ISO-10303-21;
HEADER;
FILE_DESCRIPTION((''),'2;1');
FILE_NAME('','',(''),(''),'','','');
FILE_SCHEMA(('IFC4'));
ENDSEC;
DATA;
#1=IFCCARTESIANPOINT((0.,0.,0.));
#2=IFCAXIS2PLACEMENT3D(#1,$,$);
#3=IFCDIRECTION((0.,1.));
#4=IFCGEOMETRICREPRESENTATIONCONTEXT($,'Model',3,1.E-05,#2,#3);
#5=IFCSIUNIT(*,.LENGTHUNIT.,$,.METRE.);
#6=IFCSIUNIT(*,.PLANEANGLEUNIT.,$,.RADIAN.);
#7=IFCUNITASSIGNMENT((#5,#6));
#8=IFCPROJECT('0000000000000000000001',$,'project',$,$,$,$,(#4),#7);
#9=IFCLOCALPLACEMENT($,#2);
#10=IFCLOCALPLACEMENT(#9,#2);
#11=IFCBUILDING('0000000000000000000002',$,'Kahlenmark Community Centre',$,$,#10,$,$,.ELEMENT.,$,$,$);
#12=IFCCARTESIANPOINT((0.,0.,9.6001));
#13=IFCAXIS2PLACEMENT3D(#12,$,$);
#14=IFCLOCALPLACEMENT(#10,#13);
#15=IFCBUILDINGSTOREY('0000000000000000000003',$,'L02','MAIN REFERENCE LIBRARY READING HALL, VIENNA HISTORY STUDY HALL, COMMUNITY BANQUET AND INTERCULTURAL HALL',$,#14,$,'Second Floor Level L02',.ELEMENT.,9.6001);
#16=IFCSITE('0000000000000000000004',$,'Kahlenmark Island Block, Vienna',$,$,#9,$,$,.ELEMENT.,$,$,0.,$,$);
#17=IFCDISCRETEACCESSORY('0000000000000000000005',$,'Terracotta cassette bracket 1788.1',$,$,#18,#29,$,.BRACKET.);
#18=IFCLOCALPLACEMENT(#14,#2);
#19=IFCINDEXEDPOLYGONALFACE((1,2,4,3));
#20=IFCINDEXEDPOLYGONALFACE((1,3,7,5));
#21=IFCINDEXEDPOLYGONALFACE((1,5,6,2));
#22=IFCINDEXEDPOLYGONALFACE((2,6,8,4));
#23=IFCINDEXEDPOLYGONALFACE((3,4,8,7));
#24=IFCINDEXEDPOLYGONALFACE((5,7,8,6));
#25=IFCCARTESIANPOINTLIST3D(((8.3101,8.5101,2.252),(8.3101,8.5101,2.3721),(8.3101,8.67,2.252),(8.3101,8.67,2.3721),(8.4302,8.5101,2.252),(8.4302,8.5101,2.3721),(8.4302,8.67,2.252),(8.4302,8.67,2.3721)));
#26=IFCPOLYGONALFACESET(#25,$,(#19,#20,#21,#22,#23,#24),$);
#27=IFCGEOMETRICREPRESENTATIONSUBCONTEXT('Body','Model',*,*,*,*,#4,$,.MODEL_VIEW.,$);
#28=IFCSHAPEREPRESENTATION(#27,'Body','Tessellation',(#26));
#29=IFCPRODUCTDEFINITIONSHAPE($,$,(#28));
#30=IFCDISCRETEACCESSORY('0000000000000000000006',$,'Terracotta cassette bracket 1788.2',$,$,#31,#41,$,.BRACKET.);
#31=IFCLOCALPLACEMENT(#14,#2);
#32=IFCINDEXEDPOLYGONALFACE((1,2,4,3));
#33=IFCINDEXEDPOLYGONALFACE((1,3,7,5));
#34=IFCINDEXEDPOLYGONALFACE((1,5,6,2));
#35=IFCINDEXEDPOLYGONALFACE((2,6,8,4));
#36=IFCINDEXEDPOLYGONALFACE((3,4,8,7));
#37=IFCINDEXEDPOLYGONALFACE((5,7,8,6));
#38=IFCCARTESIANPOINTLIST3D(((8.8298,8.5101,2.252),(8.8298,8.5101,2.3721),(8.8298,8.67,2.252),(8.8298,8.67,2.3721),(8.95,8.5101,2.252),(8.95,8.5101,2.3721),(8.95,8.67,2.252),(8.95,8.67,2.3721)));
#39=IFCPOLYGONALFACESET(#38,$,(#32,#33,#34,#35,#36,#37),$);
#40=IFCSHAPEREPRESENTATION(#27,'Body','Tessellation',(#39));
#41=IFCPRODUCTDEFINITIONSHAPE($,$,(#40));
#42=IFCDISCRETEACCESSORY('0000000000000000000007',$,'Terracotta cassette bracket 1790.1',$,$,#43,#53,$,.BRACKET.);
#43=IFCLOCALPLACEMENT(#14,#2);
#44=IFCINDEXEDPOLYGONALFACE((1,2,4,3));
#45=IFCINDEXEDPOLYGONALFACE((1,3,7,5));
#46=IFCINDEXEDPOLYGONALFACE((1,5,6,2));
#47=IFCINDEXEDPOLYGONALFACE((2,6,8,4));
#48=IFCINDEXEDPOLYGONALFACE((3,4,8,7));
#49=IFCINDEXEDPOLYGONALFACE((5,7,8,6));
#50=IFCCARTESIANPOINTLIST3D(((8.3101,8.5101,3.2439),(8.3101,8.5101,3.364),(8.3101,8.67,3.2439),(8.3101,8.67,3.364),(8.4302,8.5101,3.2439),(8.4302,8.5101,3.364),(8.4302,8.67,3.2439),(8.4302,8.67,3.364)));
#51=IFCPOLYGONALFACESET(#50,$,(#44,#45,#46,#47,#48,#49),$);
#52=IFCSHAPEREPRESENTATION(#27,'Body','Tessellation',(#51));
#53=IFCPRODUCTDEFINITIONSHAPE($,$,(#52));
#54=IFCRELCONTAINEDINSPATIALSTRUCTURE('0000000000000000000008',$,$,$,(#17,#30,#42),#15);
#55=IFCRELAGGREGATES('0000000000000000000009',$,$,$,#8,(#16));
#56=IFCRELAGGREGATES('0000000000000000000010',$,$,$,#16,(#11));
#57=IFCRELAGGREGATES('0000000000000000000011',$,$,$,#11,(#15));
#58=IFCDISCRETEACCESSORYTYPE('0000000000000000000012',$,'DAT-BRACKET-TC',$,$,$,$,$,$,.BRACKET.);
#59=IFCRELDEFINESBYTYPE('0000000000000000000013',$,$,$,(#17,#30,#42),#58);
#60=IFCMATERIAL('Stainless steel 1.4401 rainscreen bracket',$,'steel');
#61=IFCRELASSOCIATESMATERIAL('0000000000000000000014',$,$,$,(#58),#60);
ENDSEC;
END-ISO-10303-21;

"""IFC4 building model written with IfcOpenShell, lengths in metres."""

from ifc_helpers import new_model, si_unit, direction, frame, origin, origin_2d, place, context, subcontext, project, spatial, rectangle, extrude, material, type_object, element, save


model = new_model("IFC4")

# Units and contexts
model_context = context("Model", 3, precision=1e-05, world=origin(), true_north=direction((0.0, 1.0)))
body_context = subcontext(model_context, "Body", "Model", "MODEL_VIEW")
ifc_project = project(units=[si_unit("LENGTHUNIT", "METRE"), si_unit("PLANEANGLEUNIT", "RADIAN")], contexts=[model_context])

# Site, building, storey
site_placement = place(None, origin())
site = spatial("IfcSite", under=ifc_project, at=site_placement, Name="Kahlenmark Island Block, Vienna", CompositionType="ELEMENT", RefElevation=0.0)
building_placement = place(site_placement, origin())
building = spatial("IfcBuilding", under=site, at=building_placement, Name="Kahlenmark Community Centre", CompositionType="ELEMENT")
storey_placement = place(building_placement, frame((0.0, 0.0, 9.6001)))
storey = spatial("IfcBuildingStorey", under=building, at=storey_placement, Name="L02", Description="MAIN REFERENCE LIBRARY READING HALL, VIENNA HISTORY STUDY HALL, COMMUNITY BANQUET AND INTERCULTURAL HALL", LongName="Second Floor Level L02", CompositionType="ELEMENT", Elevation=9.6001)

# Discrete accessories
ifc_material_1 = material(Name="Stainless steel 1.4401 rainscreen bracket", Category="steel")
discrete_accessory_type = type_object("IfcDiscreteAccessoryType", Name="DAT-BRACKET-TC", PredefinedType="BRACKET", material=ifc_material_1)
for number, where, z_axis, x_axis, name in (
    (1, (8.3701, 8.5901, 2.252), (0.0, 0.0, 1.0), (1.0, 0.0, 0.0), "Terracotta cassette bracket 1788.1"),
    (2, (8.8899, 8.5901, 2.252), (0.0, 0.0, 1.0), (1.0, 0.0, 0.0), "Terracotta cassette bracket 1788.2"),
    (3, (8.3701, 8.5901, 3.2439), (0.0, 0.0, 1.0), (1.0, 0.0, 0.0), "Terracotta cassette bracket 1790.1"),
):
    element("IfcDiscreteAccessory", number, at=place(storey_placement, frame(where, z_axis=z_axis, x_axis=x_axis)), inside=storey, type_object=discrete_accessory_type, Name=name, PredefinedType="BRACKET", context=body_context, shape_type="SweptSolid", body=[
        extrude(rectangle(XDim=0.1201, YDim=0.1599, at=origin_2d()), origin(), (0.0, 0.0, 1.0), 0.1201),
    ])

save(model, "model.ifc")
